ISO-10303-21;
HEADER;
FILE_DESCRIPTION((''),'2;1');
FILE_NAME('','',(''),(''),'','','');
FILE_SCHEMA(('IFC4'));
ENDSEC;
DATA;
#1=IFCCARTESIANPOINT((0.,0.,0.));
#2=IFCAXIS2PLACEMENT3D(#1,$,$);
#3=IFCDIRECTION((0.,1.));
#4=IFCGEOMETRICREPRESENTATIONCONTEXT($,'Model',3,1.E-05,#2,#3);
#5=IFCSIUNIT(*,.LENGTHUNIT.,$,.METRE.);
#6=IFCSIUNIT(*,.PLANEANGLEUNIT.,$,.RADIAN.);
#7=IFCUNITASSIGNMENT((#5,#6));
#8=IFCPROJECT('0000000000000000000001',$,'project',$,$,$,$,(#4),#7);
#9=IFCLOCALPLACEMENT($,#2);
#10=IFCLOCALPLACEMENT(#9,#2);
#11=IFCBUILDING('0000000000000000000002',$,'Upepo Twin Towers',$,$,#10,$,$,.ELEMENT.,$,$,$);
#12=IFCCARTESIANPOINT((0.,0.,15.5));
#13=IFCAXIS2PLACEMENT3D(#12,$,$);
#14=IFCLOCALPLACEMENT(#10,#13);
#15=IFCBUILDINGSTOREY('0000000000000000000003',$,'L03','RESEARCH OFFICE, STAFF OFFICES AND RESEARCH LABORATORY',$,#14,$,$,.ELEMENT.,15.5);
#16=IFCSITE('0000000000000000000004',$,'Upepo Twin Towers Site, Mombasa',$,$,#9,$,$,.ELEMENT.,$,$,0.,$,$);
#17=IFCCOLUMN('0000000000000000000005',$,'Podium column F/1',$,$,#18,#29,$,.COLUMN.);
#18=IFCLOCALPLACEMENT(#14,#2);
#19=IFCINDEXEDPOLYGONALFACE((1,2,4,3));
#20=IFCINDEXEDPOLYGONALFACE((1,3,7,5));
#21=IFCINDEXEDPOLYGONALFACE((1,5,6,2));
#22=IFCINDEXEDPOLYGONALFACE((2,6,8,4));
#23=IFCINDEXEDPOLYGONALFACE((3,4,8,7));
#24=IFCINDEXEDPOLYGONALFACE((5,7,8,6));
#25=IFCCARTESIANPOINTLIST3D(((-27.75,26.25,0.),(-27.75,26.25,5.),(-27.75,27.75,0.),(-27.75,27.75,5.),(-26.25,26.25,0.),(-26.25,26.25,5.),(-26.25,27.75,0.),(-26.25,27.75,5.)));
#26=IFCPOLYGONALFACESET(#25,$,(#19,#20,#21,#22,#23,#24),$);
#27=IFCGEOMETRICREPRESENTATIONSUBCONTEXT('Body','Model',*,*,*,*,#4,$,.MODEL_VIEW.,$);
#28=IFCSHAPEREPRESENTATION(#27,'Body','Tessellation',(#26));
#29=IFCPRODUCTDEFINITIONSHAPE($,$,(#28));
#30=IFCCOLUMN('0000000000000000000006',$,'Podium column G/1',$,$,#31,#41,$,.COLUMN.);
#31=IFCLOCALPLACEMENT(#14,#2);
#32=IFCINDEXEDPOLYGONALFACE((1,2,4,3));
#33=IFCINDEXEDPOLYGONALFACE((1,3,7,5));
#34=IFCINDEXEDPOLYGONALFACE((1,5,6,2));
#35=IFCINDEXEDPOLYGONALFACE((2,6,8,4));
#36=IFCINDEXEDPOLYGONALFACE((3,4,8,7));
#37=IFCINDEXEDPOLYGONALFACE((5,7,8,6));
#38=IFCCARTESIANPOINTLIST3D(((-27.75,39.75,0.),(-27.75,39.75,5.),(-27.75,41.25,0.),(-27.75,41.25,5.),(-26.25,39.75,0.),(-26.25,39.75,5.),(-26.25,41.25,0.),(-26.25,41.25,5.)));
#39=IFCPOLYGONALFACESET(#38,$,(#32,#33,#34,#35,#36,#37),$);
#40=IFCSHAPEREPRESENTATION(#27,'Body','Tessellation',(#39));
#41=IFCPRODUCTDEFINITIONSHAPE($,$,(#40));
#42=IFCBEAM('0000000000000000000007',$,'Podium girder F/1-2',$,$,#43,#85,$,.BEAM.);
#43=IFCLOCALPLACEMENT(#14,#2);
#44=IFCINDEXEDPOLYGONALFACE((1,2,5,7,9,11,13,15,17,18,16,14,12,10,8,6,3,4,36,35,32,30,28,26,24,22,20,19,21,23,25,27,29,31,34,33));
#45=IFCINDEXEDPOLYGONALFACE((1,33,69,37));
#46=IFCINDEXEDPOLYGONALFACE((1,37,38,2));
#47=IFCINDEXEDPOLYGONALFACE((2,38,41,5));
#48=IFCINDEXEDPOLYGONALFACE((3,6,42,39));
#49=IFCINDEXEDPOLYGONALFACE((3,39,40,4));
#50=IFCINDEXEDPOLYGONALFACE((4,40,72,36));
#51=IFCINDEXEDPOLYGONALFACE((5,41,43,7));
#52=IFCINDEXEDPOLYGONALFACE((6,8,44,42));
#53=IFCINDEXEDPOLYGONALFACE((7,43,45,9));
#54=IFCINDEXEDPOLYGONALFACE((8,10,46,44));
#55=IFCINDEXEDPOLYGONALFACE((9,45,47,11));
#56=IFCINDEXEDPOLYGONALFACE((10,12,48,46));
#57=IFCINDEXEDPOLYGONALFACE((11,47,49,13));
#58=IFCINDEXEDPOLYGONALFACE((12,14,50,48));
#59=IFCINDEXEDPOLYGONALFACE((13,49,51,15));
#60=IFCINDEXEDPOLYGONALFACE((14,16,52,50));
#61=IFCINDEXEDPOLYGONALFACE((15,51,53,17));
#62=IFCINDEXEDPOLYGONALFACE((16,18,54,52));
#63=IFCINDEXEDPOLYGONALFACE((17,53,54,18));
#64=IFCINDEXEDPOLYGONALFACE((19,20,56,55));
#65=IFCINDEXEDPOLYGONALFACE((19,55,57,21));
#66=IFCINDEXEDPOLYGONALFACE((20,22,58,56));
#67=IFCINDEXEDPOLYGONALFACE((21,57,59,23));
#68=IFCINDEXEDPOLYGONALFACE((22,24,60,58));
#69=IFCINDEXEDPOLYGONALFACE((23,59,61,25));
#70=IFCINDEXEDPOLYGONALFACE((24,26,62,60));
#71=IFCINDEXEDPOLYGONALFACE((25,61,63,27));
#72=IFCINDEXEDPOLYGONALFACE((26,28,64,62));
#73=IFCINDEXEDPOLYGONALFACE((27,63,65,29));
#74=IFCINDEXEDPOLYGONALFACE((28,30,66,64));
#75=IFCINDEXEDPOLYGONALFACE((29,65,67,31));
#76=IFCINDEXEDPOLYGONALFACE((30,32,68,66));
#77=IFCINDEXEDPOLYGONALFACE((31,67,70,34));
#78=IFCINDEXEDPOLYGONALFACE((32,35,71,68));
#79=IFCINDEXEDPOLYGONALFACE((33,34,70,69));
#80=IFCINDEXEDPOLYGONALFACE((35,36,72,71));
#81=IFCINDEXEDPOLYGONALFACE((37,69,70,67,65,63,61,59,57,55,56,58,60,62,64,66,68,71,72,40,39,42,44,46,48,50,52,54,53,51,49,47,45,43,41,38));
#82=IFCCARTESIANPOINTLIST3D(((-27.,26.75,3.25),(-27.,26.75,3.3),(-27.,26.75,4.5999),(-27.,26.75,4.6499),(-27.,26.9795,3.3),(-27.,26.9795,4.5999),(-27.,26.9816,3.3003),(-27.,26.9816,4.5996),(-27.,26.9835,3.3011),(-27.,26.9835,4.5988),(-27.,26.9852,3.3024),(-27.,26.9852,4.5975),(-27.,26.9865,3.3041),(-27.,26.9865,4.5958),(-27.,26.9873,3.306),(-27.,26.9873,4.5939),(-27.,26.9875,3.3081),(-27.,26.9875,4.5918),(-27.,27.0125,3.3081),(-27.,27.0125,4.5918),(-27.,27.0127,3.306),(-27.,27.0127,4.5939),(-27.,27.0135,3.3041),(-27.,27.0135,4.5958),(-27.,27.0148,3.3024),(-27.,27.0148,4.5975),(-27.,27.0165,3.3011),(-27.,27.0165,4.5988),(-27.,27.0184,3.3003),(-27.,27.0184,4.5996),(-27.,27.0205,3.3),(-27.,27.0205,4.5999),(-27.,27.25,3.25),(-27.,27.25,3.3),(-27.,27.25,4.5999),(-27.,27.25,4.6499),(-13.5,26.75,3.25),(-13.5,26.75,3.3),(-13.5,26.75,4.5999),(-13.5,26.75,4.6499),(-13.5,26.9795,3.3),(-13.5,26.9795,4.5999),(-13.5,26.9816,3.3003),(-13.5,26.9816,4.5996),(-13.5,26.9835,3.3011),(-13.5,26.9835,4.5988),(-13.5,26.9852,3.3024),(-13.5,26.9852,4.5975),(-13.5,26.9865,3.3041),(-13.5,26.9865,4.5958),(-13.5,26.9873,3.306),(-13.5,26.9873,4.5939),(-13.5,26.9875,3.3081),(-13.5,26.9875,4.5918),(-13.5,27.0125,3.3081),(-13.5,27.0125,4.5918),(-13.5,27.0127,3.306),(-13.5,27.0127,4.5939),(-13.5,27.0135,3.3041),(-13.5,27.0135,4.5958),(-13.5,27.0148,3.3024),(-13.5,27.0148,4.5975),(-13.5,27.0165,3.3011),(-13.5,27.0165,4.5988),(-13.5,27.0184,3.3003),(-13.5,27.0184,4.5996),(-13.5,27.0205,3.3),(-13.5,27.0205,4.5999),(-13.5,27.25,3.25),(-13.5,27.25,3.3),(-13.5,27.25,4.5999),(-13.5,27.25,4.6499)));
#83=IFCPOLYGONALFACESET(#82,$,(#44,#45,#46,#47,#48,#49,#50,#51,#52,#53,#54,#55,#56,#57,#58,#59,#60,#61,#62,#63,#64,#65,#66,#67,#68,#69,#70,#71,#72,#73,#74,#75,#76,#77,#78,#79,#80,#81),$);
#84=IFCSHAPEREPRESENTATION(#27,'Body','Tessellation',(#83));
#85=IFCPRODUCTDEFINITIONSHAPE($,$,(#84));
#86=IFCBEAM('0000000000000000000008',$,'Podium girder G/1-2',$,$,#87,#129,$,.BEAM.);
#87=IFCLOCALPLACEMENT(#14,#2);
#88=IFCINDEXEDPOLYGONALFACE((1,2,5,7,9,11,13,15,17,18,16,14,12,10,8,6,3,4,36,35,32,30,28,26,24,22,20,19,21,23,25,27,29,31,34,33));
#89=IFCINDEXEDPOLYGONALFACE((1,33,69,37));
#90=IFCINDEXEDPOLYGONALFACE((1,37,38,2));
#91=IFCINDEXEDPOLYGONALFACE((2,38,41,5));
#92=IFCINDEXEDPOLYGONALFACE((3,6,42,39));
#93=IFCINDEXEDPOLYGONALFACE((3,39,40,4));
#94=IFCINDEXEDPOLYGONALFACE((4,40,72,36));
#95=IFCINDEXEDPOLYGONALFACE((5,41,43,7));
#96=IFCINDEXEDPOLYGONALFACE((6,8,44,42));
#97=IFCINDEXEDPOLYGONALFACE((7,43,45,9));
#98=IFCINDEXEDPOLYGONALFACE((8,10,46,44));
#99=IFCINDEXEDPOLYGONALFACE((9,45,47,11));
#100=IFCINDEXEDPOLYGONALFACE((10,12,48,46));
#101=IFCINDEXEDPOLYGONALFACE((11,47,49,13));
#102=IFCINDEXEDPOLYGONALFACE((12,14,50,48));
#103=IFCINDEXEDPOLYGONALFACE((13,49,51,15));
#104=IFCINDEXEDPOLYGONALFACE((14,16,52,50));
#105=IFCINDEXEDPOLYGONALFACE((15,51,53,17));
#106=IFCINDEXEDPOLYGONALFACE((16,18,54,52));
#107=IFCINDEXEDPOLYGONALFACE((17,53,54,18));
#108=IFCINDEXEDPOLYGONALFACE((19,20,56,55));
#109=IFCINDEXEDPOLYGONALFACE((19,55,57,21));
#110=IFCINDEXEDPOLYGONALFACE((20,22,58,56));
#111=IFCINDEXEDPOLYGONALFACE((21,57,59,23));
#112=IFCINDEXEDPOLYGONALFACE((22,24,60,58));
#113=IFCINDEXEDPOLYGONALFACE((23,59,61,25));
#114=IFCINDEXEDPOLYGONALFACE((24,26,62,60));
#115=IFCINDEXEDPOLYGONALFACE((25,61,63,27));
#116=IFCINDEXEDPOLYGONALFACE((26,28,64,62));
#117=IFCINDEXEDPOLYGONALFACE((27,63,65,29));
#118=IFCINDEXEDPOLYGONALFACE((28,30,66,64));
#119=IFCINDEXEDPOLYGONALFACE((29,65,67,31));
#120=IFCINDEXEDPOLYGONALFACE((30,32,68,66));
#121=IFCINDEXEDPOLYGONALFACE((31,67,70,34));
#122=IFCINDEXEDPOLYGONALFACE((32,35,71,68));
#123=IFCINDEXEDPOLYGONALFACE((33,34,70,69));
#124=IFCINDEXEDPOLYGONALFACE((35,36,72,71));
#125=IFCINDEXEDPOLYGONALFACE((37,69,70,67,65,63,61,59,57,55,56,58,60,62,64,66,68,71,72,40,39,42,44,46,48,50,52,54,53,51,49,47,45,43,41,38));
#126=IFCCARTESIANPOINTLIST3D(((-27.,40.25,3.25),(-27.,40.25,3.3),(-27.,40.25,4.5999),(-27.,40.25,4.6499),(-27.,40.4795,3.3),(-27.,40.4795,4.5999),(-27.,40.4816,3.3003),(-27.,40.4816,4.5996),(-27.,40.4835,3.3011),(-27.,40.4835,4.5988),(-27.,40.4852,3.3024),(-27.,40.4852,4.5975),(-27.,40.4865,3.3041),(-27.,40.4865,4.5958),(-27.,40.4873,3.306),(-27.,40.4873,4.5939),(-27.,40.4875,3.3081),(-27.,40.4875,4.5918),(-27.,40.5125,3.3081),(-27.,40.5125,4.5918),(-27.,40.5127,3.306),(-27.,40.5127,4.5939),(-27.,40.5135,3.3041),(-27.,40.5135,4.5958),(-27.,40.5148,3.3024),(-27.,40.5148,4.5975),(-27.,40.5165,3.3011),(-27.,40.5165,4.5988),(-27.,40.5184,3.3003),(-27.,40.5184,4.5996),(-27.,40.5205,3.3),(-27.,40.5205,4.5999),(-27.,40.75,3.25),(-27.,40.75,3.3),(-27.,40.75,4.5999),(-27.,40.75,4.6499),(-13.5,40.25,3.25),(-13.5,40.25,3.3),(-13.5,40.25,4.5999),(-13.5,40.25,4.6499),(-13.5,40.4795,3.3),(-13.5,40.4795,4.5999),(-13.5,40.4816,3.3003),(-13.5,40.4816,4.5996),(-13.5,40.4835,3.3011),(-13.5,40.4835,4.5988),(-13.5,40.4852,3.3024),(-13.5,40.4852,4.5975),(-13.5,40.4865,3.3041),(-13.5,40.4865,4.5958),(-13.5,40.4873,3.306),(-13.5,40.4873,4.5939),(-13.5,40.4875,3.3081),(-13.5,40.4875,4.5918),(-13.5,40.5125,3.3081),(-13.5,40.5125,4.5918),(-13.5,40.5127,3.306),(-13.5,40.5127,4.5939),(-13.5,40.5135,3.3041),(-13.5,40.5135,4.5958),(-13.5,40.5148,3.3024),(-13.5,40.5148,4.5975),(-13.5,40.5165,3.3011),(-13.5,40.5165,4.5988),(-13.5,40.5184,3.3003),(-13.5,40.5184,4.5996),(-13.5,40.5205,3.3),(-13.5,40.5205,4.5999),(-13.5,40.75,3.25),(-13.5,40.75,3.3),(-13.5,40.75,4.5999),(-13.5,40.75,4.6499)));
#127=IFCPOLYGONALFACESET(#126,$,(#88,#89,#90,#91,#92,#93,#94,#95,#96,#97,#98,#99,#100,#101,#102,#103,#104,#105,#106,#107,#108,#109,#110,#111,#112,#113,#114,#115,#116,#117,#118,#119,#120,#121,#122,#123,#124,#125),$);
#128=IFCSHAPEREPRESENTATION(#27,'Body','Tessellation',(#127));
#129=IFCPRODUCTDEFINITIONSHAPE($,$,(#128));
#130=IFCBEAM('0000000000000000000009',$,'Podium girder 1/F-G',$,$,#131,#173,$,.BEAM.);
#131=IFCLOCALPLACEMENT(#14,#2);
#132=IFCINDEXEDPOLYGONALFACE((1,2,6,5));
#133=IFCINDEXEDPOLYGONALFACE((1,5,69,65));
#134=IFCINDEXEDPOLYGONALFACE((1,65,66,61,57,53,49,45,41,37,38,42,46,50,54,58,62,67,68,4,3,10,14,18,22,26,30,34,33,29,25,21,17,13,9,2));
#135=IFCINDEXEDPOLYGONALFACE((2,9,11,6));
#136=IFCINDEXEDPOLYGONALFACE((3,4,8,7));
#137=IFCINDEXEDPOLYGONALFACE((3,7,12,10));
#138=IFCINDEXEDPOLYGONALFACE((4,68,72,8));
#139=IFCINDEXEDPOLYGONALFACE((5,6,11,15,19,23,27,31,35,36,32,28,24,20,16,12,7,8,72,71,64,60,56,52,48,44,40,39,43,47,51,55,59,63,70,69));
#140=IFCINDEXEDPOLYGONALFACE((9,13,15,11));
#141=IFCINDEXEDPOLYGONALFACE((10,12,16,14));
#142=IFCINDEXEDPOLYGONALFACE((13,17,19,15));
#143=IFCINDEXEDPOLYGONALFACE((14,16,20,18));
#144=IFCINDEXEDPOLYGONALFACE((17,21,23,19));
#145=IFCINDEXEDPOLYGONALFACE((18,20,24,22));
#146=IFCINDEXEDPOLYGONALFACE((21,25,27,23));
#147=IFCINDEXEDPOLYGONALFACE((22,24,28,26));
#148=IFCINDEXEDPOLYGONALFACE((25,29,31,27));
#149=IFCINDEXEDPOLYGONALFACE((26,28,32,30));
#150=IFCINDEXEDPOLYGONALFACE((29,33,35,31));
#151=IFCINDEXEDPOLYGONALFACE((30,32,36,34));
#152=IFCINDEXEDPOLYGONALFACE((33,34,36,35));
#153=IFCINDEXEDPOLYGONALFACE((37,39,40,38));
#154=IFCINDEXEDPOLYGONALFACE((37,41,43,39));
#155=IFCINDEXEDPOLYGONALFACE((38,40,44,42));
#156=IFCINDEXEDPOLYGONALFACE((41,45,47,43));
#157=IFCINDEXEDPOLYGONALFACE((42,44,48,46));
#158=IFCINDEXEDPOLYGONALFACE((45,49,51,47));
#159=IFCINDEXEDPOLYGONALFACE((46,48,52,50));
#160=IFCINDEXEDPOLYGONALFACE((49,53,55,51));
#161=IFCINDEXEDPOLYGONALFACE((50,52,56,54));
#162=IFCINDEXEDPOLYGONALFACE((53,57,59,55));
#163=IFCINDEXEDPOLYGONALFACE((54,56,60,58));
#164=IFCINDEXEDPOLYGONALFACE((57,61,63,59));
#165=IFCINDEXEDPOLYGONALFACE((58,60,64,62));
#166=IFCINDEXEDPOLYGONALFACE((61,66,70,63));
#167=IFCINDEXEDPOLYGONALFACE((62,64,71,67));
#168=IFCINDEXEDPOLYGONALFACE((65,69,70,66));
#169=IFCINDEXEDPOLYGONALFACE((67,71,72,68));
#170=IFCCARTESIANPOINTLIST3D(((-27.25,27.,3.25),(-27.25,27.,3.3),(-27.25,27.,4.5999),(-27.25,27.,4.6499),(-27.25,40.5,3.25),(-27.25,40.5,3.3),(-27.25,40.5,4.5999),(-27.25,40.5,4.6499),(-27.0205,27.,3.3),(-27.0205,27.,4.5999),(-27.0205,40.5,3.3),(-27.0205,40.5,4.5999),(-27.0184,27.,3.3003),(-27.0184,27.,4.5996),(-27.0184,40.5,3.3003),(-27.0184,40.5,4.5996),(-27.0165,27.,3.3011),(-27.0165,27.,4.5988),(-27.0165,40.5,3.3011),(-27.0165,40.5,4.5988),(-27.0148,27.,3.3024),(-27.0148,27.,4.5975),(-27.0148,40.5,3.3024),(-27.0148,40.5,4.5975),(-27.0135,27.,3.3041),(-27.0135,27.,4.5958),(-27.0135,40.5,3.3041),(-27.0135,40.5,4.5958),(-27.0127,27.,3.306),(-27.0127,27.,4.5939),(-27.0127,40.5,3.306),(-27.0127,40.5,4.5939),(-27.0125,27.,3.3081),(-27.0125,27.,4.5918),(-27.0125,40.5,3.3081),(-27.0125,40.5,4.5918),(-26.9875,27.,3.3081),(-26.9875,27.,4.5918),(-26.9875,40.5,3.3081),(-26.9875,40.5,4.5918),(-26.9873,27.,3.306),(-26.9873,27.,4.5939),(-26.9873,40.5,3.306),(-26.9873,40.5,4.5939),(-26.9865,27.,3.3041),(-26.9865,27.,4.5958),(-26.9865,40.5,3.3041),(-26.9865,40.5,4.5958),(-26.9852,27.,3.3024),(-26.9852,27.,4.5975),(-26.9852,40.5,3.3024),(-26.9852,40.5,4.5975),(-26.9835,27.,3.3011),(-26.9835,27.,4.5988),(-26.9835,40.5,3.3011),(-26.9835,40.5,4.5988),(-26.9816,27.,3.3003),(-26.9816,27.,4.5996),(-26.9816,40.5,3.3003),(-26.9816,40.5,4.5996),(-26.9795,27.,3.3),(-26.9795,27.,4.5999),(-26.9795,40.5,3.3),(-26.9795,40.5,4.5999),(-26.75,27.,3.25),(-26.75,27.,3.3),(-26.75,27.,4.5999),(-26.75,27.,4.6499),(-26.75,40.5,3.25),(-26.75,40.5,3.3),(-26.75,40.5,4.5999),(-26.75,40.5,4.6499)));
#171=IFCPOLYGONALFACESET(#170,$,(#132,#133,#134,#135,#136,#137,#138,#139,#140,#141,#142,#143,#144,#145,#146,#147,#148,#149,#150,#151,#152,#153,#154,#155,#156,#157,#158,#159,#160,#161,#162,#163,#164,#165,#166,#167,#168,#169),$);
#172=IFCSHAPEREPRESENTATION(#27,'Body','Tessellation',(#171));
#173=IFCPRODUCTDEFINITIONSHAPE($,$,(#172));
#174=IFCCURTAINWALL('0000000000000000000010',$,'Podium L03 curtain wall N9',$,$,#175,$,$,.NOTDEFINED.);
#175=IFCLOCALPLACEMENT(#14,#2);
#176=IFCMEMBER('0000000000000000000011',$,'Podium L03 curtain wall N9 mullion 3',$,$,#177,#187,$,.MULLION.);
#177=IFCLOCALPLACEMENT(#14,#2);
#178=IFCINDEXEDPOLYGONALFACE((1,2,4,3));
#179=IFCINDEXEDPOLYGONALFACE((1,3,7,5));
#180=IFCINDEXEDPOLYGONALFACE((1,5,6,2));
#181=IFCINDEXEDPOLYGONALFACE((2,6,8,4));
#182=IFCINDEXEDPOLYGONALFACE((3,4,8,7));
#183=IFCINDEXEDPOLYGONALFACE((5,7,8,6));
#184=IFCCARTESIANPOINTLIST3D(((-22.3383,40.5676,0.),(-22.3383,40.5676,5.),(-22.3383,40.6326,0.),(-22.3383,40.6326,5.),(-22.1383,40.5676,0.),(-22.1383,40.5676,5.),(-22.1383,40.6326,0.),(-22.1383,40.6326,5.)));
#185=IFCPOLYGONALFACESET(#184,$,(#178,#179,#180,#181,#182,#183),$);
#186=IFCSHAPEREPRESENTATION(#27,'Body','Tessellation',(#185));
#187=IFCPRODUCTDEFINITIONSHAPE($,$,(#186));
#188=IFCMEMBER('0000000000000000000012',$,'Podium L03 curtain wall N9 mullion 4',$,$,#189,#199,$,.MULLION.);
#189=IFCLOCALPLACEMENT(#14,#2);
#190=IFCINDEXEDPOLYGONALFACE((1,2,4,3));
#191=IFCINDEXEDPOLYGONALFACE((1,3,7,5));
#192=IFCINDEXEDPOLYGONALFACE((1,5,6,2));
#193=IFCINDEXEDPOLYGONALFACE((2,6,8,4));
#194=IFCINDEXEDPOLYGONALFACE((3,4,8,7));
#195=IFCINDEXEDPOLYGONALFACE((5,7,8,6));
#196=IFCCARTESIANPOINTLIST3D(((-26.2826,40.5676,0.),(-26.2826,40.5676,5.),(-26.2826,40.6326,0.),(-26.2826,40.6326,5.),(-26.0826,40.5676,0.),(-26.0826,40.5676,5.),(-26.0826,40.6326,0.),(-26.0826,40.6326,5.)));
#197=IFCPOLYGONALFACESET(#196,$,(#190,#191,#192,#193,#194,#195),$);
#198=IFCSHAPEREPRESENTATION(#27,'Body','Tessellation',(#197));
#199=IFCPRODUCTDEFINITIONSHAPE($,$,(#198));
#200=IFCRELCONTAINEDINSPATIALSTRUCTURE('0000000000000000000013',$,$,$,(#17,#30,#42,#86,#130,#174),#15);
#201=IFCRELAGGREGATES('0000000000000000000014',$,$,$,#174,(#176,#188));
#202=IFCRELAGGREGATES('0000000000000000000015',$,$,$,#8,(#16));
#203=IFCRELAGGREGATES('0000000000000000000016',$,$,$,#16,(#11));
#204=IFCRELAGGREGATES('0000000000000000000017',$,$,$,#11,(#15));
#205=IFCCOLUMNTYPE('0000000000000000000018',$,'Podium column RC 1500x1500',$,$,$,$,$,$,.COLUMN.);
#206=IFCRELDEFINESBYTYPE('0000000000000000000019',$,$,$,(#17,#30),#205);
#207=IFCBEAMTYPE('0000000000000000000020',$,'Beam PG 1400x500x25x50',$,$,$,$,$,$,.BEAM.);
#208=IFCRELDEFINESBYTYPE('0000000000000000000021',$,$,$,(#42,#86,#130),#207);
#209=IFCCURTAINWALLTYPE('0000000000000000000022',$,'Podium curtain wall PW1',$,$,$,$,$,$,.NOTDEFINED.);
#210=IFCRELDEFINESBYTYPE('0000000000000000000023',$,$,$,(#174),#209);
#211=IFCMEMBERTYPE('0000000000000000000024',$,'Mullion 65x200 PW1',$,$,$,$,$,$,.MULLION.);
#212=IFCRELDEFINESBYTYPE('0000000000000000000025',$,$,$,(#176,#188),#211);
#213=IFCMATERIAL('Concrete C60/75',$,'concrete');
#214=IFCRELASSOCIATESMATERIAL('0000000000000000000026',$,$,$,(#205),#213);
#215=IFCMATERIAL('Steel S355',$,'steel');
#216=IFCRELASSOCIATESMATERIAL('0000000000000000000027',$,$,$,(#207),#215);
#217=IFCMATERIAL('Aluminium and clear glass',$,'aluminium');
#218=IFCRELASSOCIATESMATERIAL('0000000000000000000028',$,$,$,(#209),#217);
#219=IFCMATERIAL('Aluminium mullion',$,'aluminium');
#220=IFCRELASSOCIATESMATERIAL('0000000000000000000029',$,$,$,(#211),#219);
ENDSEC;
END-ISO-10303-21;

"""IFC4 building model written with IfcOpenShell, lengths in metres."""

from ifc_helpers import new_model, si_unit, direction, frame, origin, origin_2d, place, context, subcontext, project, spatial, rectangle, i_section, extrude, material, material_profile, profile_set, type_object, element, aggregate, save


model = new_model("IFC4")

# Units and contexts
model_context = context("Model", 3, precision=1e-05, world=origin(), true_north=direction((0.0, 1.0)))
body_context = subcontext(model_context, "Body", "Model", "MODEL_VIEW")
ifc_project = project(units=[si_unit("LENGTHUNIT", "METRE"), si_unit("PLANEANGLEUNIT", "RADIAN")], contexts=[model_context])

# Site, building, storey
site_placement = place(None, origin())
site = spatial("IfcSite", under=ifc_project, at=site_placement, Name="Upepo Twin Towers Site, Mombasa", CompositionType="ELEMENT", RefElevation=0.0)
building_placement = place(site_placement, origin())
building = spatial("IfcBuilding", under=site, at=building_placement, Name="Upepo Twin Towers", CompositionType="ELEMENT")
storey_placement = place(building_placement, frame((0.0, 0.0, 15.5)))
storey = spatial("IfcBuildingStorey", under=building, at=storey_placement, Name="L03", Description="RESEARCH OFFICE, STAFF OFFICES AND RESEARCH LABORATORY", CompositionType="ELEMENT", Elevation=15.5)

# Columns
ifc_material_1 = material(Name="Concrete C60/75", Category="concrete")
ifc_material_profile_1 = material_profile(ifc_material_1, rectangle(XDim=1.5, YDim=1.5, at=origin_2d()), Name="RC 1500x1500")
ifc_profile_set_1 = profile_set([ifc_material_profile_1], Name="Concrete C60/75")
column_type = type_object("IfcColumnType", Name="Podium column RC 1500x1500", PredefinedType="COLUMN", material=ifc_profile_set_1)
for number, where, z_axis, x_axis, name in (
    (1, (-27.0, 27.0, 0.0), (0.0, 0.0, 1.0), (1.0, 0.0, 0.0), "Podium column F/1"),
    (2, (-27.0, 40.5, 0.0), (0.0, 0.0, 1.0), (1.0, 0.0, 0.0), "Podium column G/1"),
):
    element("IfcColumn", number, at=place(storey_placement, frame(where, z_axis=z_axis, x_axis=x_axis)), inside=storey, type_object=column_type, Name=name, PredefinedType="COLUMN", context=body_context, shape_type="SweptSolid", body=[
        extrude(rectangle(XDim=1.5, YDim=1.5, at=origin_2d()), origin(), (0.0, 0.0, 1.0), 5.0),
    ])

# Beams
ifc_material_2 = material(Name="Steel S355", Category="steel")
ifc_material_profile_2 = material_profile(ifc_material_2, i_section(OverallWidth=0.5, OverallDepth=1.3999, WebThickness=0.0249, FlangeThickness=0.05, FilletRadius=0.0081, at=origin_2d()), Name="PG 1400x500x25x50")
ifc_profile_set_2 = profile_set([ifc_material_profile_2], Name="Steel S355")
beam_type_1 = type_object("IfcBeamType", Name="Beam PG 1400x500x25x50", PredefinedType="BEAM", material=ifc_profile_set_2)
for number, where, z_axis, x_axis, name in (
    (3, (-27.0, 27.0, 3.95), (1.0, 0.0, 0.0), (0.0, 1.0, 0.0), "Podium girder F/1-2"),
    (4, (-27.0, 40.5, 3.95), (1.0, 0.0, 0.0), (0.0, 1.0, 0.0), "Podium girder G/1-2"),
    (5, (-27.0, 27.0, 3.95), (0.0, 1.0, 0.0), (-1.0, 0.0, 0.0), "Podium girder 1/F-G"),
):
    element("IfcBeam", number, at=place(storey_placement, frame(where, z_axis=z_axis, x_axis=x_axis)), inside=storey, type_object=beam_type_1, Name=name, PredefinedType="BEAM", context=body_context, shape_type="SweptSolid", body=[
        extrude(i_section(OverallWidth=0.5, OverallDepth=1.3999, WebThickness=0.0249, FlangeThickness=0.05, FilletRadius=0.0081, at=origin_2d()), origin(), (0.0, 0.0, 1.0), 13.5),
    ])

# Curtain wall, members
ifc_material_3 = material(Name="Aluminium and clear glass", Category="aluminium")
curtain_wall_type = type_object("IfcCurtainWallType", Name="Podium curtain wall PW1", PredefinedType="NOTDEFINED", material=ifc_material_3)
curtain_wall_1_placement = place(storey_placement, origin())
curtain_wall_1 = element("IfcCurtainWall", 6, at=curtain_wall_1_placement, inside=storey, type_object=curtain_wall_type, Name="Podium L03 curtain wall N9", PredefinedType="NOTDEFINED")
ifc_material_4 = material(Name="Aluminium mullion", Category="aluminium")
ifc_material_profile_3 = material_profile(ifc_material_4, rectangle(XDim=0.0649, YDim=0.2, at=origin_2d()), Name="MULLION 65x200 PODIUM")
ifc_profile_set_3 = profile_set([ifc_material_profile_3], Name="Aluminium mullion")
member_type_1 = type_object("IfcMemberType", Name="Mullion 65x200 PW1", PredefinedType="MULLION", material=ifc_profile_set_3)
member_1_placement = place(storey_placement, frame((-22.2383, 40.6001, 0.0), z_axis=(0.0, 0.0, 1.0), x_axis=(0.0, -1.0, 0.0)))
member_1 = element("IfcMember", 7, at=member_1_placement, type_object=member_type_1, Name="Podium L03 curtain wall N9 mullion 3", PredefinedType="MULLION", context=body_context, shape_type="SweptSolid", body=[
    extrude(rectangle(XDim=0.0649, YDim=0.2, at=origin_2d()), origin(), (0.0, 0.0, 1.0), 5.0),
])
member_2_placement = place(storey_placement, frame((-26.1826, 40.6001, 0.0), z_axis=(0.0, 0.0, 1.0), x_axis=(0.0, -1.0, 0.0)))
member_2 = element("IfcMember", 8, at=member_2_placement, type_object=member_type_1, Name="Podium L03 curtain wall N9 mullion 4", PredefinedType="MULLION", context=body_context, shape_type="SweptSolid", body=[
    extrude(rectangle(XDim=0.0649, YDim=0.2, at=origin_2d()), origin(), (0.0, 0.0, 1.0), 5.0),
])

aggregate(curtain_wall_1, [member_1, member_2])

save(model, "model.ifc")
